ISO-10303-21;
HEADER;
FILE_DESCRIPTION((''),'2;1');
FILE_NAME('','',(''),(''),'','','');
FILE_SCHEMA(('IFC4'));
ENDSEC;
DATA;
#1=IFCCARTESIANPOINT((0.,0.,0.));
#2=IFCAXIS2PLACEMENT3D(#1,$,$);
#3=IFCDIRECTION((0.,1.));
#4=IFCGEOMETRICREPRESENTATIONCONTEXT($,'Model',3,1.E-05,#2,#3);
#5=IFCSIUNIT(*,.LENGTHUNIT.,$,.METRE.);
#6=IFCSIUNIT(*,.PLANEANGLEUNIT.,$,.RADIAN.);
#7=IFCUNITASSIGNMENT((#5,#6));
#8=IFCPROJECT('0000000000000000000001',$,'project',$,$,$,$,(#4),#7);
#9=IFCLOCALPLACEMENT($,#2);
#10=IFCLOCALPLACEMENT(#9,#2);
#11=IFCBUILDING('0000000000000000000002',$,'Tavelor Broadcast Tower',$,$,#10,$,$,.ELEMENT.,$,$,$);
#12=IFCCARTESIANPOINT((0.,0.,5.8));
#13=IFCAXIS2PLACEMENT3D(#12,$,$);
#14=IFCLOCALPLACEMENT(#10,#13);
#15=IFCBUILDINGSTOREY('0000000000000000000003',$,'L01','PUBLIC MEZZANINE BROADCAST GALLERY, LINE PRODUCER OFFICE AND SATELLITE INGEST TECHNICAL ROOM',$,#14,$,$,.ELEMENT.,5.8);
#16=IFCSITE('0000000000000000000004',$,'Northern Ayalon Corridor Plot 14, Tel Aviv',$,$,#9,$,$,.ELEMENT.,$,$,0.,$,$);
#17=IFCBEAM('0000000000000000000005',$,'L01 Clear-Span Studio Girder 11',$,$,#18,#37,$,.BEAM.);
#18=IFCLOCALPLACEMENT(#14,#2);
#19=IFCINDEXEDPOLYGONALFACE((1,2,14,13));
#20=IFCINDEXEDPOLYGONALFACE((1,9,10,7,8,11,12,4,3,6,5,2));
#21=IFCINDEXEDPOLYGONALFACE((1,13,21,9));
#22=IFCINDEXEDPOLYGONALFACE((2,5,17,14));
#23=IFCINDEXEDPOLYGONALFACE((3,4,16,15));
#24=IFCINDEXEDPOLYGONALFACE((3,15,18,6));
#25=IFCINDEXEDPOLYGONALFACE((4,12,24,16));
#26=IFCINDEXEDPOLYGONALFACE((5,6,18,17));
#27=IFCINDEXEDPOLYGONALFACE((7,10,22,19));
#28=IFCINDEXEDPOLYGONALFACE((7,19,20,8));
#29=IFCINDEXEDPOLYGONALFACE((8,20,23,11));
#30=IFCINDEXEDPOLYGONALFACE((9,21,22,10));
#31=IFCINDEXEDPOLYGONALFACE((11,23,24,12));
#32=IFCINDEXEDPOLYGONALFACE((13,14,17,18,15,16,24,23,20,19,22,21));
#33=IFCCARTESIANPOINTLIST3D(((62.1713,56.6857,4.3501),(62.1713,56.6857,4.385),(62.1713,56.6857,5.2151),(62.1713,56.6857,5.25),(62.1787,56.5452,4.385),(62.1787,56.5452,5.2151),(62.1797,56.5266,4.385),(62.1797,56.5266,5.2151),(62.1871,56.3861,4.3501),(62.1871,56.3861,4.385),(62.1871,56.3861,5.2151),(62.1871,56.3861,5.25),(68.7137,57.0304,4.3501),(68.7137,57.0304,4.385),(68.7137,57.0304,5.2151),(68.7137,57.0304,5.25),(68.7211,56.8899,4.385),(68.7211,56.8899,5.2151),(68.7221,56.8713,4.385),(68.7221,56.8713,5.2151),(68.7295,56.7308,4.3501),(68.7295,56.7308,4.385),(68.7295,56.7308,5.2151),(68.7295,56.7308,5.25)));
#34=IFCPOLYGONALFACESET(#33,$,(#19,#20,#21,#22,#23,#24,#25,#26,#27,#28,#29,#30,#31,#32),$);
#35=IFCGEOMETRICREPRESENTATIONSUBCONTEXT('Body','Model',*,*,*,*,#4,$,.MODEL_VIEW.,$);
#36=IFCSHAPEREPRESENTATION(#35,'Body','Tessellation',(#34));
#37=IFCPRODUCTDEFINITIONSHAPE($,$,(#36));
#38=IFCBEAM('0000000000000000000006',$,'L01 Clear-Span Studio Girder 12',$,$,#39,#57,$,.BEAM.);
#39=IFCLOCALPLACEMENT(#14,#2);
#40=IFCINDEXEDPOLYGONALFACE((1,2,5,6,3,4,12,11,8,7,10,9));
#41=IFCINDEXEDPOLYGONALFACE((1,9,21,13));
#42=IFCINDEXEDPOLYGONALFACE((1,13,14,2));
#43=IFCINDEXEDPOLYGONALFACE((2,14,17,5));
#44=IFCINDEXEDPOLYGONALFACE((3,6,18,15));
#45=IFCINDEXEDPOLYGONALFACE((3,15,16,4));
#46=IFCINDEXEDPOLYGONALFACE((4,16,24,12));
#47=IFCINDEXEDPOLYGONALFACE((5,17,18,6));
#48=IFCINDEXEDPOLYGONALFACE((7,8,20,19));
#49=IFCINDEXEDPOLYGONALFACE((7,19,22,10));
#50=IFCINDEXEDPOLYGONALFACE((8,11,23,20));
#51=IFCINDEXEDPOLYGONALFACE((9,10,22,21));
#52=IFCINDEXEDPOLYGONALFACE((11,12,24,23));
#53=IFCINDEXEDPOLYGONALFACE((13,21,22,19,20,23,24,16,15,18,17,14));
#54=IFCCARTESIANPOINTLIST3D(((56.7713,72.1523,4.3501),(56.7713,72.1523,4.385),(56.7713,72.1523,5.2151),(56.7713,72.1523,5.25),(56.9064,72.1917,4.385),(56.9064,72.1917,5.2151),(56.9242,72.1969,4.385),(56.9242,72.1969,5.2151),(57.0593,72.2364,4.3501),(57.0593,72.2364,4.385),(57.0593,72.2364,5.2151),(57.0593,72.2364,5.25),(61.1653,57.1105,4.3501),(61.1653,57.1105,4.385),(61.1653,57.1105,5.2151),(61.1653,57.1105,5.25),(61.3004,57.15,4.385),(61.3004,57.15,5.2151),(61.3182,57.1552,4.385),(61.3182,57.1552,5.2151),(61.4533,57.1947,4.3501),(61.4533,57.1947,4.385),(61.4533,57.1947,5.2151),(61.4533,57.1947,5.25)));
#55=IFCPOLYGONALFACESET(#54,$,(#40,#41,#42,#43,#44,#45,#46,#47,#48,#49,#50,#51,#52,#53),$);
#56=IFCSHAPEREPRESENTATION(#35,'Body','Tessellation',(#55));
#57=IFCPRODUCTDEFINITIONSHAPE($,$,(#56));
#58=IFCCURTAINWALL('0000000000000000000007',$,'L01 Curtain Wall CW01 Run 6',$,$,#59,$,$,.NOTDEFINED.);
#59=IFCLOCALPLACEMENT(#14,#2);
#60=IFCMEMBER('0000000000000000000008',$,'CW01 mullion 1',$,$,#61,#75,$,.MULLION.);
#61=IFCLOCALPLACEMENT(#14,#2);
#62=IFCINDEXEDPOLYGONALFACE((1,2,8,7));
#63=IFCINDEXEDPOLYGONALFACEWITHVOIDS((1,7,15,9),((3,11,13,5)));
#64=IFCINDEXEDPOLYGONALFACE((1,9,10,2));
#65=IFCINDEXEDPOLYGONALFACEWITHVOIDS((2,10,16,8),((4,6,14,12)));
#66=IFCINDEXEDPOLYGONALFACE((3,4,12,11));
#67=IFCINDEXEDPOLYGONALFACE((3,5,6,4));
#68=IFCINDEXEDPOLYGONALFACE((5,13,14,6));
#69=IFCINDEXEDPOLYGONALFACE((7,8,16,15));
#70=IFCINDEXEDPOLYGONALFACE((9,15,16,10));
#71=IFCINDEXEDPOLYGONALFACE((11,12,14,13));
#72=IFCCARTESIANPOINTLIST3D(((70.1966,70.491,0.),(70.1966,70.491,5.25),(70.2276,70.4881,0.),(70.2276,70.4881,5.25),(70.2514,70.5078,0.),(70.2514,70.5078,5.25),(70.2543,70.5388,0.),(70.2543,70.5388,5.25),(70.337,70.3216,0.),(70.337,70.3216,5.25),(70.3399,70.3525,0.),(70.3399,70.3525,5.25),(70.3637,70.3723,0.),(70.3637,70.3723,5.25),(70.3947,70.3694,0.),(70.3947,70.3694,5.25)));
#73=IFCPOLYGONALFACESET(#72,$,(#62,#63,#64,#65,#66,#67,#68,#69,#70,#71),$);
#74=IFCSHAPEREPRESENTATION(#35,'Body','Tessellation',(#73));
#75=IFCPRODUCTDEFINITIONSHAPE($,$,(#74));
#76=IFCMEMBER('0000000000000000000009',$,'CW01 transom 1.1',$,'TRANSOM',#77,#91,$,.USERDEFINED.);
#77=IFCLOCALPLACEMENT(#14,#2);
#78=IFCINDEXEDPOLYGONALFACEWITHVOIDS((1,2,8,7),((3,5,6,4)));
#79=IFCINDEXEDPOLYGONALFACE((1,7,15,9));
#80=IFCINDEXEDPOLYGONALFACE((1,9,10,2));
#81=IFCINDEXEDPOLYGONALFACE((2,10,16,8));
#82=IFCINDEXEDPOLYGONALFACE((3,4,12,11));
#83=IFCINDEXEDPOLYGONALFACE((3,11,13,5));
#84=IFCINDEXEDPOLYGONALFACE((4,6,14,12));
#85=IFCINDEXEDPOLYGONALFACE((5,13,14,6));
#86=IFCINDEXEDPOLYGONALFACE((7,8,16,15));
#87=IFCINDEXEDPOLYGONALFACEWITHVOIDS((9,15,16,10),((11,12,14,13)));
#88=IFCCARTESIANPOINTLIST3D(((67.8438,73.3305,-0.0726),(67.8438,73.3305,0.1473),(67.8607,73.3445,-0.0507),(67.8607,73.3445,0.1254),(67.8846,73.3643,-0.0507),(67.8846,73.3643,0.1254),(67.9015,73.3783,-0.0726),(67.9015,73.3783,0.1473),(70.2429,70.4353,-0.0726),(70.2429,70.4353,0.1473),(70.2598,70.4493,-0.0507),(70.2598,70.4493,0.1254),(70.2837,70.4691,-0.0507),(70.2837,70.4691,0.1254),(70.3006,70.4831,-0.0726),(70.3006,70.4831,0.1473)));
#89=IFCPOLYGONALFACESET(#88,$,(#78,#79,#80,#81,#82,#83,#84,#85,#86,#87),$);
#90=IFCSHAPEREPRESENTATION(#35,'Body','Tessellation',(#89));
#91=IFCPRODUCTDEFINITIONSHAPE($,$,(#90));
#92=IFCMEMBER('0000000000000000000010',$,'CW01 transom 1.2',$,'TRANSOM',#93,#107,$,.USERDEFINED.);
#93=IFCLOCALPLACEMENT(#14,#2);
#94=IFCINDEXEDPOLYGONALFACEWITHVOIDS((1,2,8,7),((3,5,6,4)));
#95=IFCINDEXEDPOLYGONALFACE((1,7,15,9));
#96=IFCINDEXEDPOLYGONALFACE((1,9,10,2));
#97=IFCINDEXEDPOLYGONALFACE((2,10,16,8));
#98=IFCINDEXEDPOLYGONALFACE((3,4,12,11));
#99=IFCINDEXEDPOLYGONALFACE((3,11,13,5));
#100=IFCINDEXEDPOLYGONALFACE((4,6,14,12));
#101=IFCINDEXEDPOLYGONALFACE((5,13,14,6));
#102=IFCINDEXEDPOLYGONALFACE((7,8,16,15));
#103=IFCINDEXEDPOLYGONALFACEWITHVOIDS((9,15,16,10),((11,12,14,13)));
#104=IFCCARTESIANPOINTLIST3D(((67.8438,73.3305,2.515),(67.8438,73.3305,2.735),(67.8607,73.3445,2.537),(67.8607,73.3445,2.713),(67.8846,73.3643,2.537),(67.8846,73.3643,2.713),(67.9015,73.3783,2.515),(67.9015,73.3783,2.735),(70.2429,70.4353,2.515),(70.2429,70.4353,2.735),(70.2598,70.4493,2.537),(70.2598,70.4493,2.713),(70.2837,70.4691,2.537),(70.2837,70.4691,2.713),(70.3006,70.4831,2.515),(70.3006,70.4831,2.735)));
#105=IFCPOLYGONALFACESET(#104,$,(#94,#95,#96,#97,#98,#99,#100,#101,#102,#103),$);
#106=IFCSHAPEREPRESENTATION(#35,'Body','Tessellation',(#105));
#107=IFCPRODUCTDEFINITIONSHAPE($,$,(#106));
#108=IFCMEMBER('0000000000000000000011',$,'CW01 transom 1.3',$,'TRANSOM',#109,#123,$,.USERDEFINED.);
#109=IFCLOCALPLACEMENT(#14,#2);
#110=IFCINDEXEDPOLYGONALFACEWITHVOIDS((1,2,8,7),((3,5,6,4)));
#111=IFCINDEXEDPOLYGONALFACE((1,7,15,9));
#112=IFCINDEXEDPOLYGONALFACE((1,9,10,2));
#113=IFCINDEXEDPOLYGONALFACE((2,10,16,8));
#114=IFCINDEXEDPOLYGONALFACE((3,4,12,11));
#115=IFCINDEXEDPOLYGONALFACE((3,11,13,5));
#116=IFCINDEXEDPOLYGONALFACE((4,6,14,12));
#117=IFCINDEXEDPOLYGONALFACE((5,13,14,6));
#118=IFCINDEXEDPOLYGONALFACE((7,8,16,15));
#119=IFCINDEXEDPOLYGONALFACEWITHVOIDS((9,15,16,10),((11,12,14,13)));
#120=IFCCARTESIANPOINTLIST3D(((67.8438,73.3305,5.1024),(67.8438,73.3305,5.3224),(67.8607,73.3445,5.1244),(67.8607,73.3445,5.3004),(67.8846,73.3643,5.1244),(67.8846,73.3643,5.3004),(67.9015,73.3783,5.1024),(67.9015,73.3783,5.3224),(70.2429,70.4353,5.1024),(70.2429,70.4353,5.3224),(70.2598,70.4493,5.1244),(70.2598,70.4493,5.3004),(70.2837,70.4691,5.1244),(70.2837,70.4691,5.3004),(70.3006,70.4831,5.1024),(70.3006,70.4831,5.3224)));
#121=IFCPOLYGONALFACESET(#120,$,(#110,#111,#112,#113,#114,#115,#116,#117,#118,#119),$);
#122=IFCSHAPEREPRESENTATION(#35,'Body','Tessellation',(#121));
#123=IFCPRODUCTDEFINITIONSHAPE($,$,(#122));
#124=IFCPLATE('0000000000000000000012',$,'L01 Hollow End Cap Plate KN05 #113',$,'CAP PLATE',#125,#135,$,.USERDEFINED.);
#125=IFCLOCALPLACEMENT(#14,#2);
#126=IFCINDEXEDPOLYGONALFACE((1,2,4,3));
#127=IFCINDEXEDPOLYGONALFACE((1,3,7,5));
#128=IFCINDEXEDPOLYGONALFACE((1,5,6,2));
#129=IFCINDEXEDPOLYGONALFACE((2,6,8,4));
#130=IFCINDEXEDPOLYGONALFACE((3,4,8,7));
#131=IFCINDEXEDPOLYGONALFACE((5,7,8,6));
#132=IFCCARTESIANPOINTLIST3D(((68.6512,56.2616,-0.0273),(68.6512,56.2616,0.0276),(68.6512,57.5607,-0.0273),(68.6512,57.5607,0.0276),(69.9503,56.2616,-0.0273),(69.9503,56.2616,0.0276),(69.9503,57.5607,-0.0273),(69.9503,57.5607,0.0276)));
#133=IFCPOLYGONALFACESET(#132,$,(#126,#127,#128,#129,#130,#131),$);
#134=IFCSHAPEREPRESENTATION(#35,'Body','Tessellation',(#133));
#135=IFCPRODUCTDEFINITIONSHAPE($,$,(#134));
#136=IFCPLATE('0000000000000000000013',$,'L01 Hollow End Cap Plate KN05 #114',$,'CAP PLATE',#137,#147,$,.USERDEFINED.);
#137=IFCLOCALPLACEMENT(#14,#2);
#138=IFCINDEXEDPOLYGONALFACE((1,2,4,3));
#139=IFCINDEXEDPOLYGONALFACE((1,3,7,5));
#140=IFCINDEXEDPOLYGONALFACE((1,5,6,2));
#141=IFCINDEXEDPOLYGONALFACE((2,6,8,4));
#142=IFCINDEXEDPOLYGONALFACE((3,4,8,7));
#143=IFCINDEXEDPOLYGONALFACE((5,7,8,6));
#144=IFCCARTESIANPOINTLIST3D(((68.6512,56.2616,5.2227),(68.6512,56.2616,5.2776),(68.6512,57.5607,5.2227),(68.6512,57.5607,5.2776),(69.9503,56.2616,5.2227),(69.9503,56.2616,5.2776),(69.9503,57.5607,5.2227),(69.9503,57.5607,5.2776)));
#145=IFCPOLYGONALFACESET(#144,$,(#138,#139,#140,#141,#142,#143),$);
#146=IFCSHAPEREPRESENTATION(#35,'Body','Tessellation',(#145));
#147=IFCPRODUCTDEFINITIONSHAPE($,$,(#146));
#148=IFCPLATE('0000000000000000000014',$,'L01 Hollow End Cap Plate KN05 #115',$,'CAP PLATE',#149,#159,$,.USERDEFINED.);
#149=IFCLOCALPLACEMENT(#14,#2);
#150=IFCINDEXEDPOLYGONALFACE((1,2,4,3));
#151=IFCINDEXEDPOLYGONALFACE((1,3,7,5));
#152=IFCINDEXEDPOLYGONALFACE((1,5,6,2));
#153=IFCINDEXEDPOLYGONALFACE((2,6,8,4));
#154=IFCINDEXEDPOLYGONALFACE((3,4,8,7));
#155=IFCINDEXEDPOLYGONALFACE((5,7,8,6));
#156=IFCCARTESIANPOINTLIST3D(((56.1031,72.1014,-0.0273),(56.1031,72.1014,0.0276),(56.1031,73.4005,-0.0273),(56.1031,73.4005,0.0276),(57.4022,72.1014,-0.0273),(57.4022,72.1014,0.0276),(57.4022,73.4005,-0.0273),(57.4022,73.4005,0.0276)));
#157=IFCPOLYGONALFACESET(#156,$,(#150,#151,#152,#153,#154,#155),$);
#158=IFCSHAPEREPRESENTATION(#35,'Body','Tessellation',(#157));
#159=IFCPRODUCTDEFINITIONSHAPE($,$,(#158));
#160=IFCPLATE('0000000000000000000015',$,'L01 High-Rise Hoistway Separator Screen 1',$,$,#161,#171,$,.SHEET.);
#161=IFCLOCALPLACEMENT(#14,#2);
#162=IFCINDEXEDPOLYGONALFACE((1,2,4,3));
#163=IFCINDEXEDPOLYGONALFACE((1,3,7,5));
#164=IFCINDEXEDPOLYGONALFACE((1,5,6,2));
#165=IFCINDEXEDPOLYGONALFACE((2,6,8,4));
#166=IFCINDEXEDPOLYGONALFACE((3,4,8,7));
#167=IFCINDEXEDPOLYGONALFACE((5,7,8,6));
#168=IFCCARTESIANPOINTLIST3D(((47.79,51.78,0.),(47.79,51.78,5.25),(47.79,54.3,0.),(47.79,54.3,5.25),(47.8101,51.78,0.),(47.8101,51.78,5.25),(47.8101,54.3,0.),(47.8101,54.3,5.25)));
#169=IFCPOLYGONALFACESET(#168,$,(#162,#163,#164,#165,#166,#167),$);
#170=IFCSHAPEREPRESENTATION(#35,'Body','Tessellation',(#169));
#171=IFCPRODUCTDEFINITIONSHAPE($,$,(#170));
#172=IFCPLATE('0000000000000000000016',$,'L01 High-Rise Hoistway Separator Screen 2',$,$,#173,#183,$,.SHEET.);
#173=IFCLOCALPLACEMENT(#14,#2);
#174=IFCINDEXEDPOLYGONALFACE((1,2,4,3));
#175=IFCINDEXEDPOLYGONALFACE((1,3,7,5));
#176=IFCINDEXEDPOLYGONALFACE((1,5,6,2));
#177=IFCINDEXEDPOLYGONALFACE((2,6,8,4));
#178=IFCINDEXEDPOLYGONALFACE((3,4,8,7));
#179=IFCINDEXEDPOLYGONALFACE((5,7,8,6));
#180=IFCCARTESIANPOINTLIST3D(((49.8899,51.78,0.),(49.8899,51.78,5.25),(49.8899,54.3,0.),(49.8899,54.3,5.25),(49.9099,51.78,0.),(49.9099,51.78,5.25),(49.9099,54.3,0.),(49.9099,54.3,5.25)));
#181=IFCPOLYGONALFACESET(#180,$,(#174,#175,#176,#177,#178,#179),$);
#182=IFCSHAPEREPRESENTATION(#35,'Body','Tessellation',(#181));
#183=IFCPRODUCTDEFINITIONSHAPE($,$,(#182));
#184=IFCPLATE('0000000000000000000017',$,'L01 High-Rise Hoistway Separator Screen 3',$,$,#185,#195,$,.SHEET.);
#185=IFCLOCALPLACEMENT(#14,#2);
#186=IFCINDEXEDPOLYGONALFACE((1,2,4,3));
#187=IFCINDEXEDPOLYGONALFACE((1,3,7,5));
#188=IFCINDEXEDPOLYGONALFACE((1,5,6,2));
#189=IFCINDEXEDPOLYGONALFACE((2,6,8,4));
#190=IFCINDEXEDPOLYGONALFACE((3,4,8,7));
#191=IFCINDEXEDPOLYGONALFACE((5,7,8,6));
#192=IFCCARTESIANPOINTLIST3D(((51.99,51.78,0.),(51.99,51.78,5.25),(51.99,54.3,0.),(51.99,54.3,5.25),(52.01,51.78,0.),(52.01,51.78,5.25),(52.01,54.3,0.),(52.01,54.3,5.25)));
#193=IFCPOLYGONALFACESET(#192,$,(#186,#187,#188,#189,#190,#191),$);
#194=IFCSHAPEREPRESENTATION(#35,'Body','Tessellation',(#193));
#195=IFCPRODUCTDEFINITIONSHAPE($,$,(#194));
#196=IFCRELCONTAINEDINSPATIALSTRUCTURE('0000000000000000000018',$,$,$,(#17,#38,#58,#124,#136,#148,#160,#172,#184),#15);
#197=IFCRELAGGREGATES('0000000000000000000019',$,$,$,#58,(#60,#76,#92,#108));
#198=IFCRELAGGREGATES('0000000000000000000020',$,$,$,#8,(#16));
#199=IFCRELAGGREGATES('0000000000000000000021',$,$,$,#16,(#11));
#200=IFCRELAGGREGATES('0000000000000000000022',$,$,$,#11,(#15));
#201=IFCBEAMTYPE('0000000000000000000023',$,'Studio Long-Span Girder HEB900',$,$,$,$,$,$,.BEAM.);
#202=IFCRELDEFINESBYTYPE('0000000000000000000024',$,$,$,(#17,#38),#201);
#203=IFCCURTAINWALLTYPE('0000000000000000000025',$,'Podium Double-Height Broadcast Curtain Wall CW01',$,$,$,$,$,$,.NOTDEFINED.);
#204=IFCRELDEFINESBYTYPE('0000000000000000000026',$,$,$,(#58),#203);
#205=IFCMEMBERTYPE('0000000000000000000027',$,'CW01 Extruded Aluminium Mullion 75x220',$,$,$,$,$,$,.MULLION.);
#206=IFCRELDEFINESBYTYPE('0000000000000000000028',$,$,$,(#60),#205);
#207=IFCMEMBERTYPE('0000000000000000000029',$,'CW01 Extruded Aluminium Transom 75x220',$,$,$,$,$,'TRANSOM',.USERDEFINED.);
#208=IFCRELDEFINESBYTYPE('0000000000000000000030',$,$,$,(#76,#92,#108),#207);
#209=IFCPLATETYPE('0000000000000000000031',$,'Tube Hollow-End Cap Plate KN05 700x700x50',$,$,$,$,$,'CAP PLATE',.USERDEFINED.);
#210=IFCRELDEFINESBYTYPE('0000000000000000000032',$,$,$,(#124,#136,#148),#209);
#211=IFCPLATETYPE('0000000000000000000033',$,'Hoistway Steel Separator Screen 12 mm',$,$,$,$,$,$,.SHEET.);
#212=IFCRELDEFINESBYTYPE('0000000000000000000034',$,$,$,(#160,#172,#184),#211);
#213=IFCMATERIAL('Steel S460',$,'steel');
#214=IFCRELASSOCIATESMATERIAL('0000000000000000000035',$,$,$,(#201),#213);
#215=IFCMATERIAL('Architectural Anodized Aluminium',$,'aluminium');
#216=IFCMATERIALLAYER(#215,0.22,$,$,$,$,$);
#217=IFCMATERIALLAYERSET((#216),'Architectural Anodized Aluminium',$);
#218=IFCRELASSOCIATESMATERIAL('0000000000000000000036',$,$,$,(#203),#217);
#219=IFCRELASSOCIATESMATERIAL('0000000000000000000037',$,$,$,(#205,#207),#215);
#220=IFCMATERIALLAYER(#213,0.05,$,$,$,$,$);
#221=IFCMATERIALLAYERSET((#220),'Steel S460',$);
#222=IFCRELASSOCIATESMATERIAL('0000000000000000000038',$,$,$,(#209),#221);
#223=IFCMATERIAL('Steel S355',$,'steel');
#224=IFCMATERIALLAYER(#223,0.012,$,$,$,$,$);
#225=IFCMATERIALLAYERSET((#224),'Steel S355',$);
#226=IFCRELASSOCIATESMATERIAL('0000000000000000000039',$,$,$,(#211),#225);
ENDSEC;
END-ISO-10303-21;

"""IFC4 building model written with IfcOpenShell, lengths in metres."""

from ifc_helpers import new_model, si_unit, direction, frame, origin, origin_2d, place, context, subcontext, project, spatial, rectangle, hollow_rectangle, i_section, extrude, source, transform, mapped, material, layer, layer_set, material_profile, profile_set, type_object, type_shapes, element, aggregate, save


model = new_model("IFC4")

# Units and contexts
model_context = context("Model", 3, precision=1e-05, world=origin(), true_north=direction((0.0, 1.0)))
body_context = subcontext(model_context, "Body", "Model", "MODEL_VIEW")
ifc_project = project(units=[si_unit("LENGTHUNIT", "METRE"), si_unit("PLANEANGLEUNIT", "RADIAN")], contexts=[model_context])

# Site, building, storey
site_placement = place(None, origin())
site = spatial("IfcSite", under=ifc_project, at=site_placement, Name="Northern Ayalon Corridor Plot 14, Tel Aviv", CompositionType="ELEMENT", RefElevation=0.0)
building_placement = place(site_placement, origin())
building = spatial("IfcBuilding", under=site, at=building_placement, Name="Tavelor Broadcast Tower", CompositionType="ELEMENT")
storey_placement = place(building_placement, frame((0.0, 0.0, 5.8)))
storey = spatial("IfcBuildingStorey", under=building, at=storey_placement, Name="L01", Description="PUBLIC MEZZANINE BROADCAST GALLERY, LINE PRODUCER OFFICE AND SATELLITE INGEST TECHNICAL ROOM", CompositionType="ELEMENT", Elevation=5.8)

# Shared definitions
ifc_material_1 = material(Name="Steel S460", Category="steel")

# Beams
ifc_material_2 = material(Name="Steel S355", Category="steel")
ifc_material_profile_1 = material_profile(ifc_material_1, i_section(OverallWidth=0.3, OverallDepth=0.8999, WebThickness=0.0186, FlangeThickness=0.0349, at=origin_2d()), Name="HEB 900")
ifc_profile_set_1 = profile_set([ifc_material_profile_1], Name="Steel S460")
beam_type_1 = type_object("IfcBeamType", Name="Studio Long-Span Girder HEB900", PredefinedType="BEAM", material=ifc_profile_set_1)
beam_1_placement = place(storey_placement, frame((62.1792, 56.5359, 4.8), z_axis=(0.998615, 0.052618, 0.0), x_axis=(-0.052618, 0.998615, 0.0)))
element("IfcBeam", 1, at=beam_1_placement, inside=storey, type_object=beam_type_1, Name="L01 Clear-Span Studio Girder 11", PredefinedType="BEAM", context=body_context, shape_type="SweptSolid", body=[
    extrude(i_section(OverallWidth=0.3, OverallDepth=0.8999, WebThickness=0.0186, FlangeThickness=0.0349, at=origin_2d()), origin(), (0.0, 0.0, 1.0), 6.5515),
])
beam_2_placement = place(storey_placement, frame((61.3093, 57.1526, 4.8), z_axis=(-0.280404, 0.959882, 0.0), x_axis=(-0.959882, -0.280404, 0.0)))
element("IfcBeam", 2, at=beam_2_placement, inside=storey, type_object=beam_type_1, Name="L01 Clear-Span Studio Girder 12", PredefinedType="BEAM", context=body_context, shape_type="SweptSolid", body=[
    extrude(i_section(OverallWidth=0.3, OverallDepth=0.8999, WebThickness=0.0186, FlangeThickness=0.0349, at=origin_2d()), origin(), (0.0, 0.0, 1.0), 15.6704),
])

# Curtain wall, members
ifc_material_3 = material(Name="Architectural Anodized Aluminium", Category="aluminium")
ifc_layer_1 = layer(ifc_material_3, 0.22)
ifc_layer_set_1 = layer_set([ifc_layer_1], Name="Architectural Anodized Aluminium")
curtain_wall_type = type_object("IfcCurtainWallType", Name="Podium Double-Height Broadcast Curtain Wall CW01", PredefinedType="NOTDEFINED", material=ifc_layer_set_1)
curtain_wall_placement = place(storey_placement, origin())
curtain_wall = element("IfcCurtainWall", 3, at=curtain_wall_placement, inside=storey, type_object=curtain_wall_type, Name="L01 Curtain Wall CW01 Run 6", PredefinedType="NOTDEFINED")
ifc_material_profile_2 = material_profile(ifc_material_3, hollow_rectangle(XDim=0.075, YDim=0.22, WallThickness=0.022, at=origin_2d()), Name="RHS 75x220x22")
ifc_profile_set_2 = profile_set([ifc_material_profile_2], Name="Architectural Anodized Aluminium")
member_type_1 = type_object("IfcMemberType", Name="CW01 Extruded Aluminium Mullion 75x220", PredefinedType="MULLION", material=ifc_profile_set_2)
shared_shape_1 = source(origin(), body_context, "Body", "SweptSolid", [
    extrude(hollow_rectangle(XDim=0.075, YDim=0.22, WallThickness=0.022, at=origin_2d()), origin(), (0.0, 0.0, 1.0), 5.25),
])
type_shapes(member_type_1, [shared_shape_1])
member_1_placement = place(storey_placement, frame((70.2957, 70.4302, 0.0), z_axis=(0.0, 0.0, 1.0), x_axis=(-0.769978, -0.638071, 0.0)))
member_1 = element("IfcMember", 4, at=member_1_placement, type_object=member_type_1, Name="CW01 mullion 1", PredefinedType="MULLION", context=body_context, shape_type="MappedRepresentation", body=[
    mapped(shared_shape_1, transform((0.0, 0.0, 0.0), scale=1.0)),
])
ifc_material_profile_3 = material_profile(ifc_material_3, hollow_rectangle(XDim=0.075, YDim=0.22, WallThickness=0.022, at=origin_2d()), Name="RHS 75x220x22")
ifc_profile_set_3 = profile_set([ifc_material_profile_3], Name="Architectural Anodized Aluminium")
member_type_2 = type_object("IfcMemberType", Name="CW01 Extruded Aluminium Transom 75x220", ElementType="TRANSOM", PredefinedType="USERDEFINED", material=ifc_profile_set_3)
shared_shape_2 = source(origin(), body_context, "Body", "SweptSolid", [
    extrude(hollow_rectangle(XDim=0.075, YDim=0.22, WallThickness=0.022, at=origin_2d()), origin(), (0.0, 0.0, 1.0), 3.76),
])
type_shapes(member_type_2, [shared_shape_2])
member_2_placement = place(storey_placement, frame((70.2717, 70.4592, 0.0374), z_axis=(-0.638055, 0.769991, 0.0), x_axis=(-0.769991, -0.638055, 0.0)))
member_2 = element("IfcMember", 5, at=member_2_placement, type_object=member_type_2, Name="CW01 transom 1.1", ObjectType="TRANSOM", PredefinedType="USERDEFINED", context=body_context, shape_type="MappedRepresentation", body=[
    mapped(shared_shape_2, transform((0.0, 0.0, 0.0), scale=1.0)),
])
member_3_placement = place(storey_placement, frame((70.2717, 70.4592, 2.625), z_axis=(-0.638055, 0.769991, 0.0), x_axis=(-0.769991, -0.638055, 0.0)))
member_3 = element("IfcMember", 6, at=member_3_placement, type_object=member_type_2, Name="CW01 transom 1.2", ObjectType="TRANSOM", PredefinedType="USERDEFINED", context=body_context, shape_type="MappedRepresentation", body=[
    mapped(shared_shape_2, transform((0.0, 0.0, 0.0), scale=1.0)),
])
member_4_placement = place(storey_placement, frame((70.2717, 70.4592, 5.2124), z_axis=(-0.638055, 0.769991, 0.0), x_axis=(-0.769991, -0.638055, 0.0)))
member_4 = element("IfcMember", 7, at=member_4_placement, type_object=member_type_2, Name="CW01 transom 1.3", ObjectType="TRANSOM", PredefinedType="USERDEFINED", context=body_context, shape_type="MappedRepresentation", body=[
    mapped(shared_shape_2, transform((0.0, 0.0, 0.0), scale=1.0)),
])

# Plates
ifc_layer_2 = layer(ifc_material_1, 0.05)
ifc_layer_set_2 = layer_set([ifc_layer_2], Name="Steel S460")
plate_type_1 = type_object("IfcPlateType", Name="Tube Hollow-End Cap Plate KN05 700x700x50", ElementType="CAP PLATE", PredefinedType="USERDEFINED", material=ifc_layer_set_2)
shared_shape_3 = source(origin(), body_context, "Body", "SweptSolid", [
    extrude(rectangle(XDim=1.2991, YDim=1.2991, at=origin_2d()), origin(), (0.0, 0.0, 1.0), 0.0549),
])
type_shapes(plate_type_1, [shared_shape_3])
for number, where, z_axis, x_axis, name in (
    (8, (69.3008, 56.9111, -0.0273), (0.0, 0.0, 1.0), (1.0, 0.0, 0.0), "L01 Hollow End Cap Plate KN05 #113"),
    (9, (69.3008, 56.9111, 5.2227), (0.0, 0.0, 1.0), (1.0, 0.0, 0.0), "L01 Hollow End Cap Plate KN05 #114"),
    (10, (56.7527, 72.751, -0.0273), (0.0, 0.0, 1.0), (1.0, 0.0, 0.0), "L01 Hollow End Cap Plate KN05 #115"),
):
    element("IfcPlate", number, at=place(storey_placement, frame(where, z_axis=z_axis, x_axis=x_axis)), inside=storey, type_object=plate_type_1, Name=name, ObjectType="CAP PLATE", PredefinedType="USERDEFINED", context=body_context, shape_type="MappedRepresentation", body=[
        mapped(shared_shape_3, transform((0.0, 0.0, 0.0), scale=1.0)),
    ])
ifc_layer_3 = layer(ifc_material_2, 0.012)
ifc_layer_set_3 = layer_set([ifc_layer_3], Name="Steel S355")
plate_type_2 = type_object("IfcPlateType", Name="Hoistway Steel Separator Screen 12 mm", PredefinedType="SHEET", material=ifc_layer_set_3)
shared_shape_4 = source(origin(), body_context, "Body", "SweptSolid", [
    extrude(rectangle(XDim=0.02, YDim=2.52, at=origin_2d()), origin(), (0.0, 0.0, 1.0), 5.25),
])
type_shapes(plate_type_2, [shared_shape_4])
for number, where, z_axis, x_axis, name in (
    (11, (47.8, 53.04, 0.0), (0.0, 0.0, 1.0), (1.0, 0.0, 0.0), "L01 High-Rise Hoistway Separator Screen 1"),
    (12, (49.8999, 53.04, 0.0), (0.0, 0.0, 1.0), (1.0, 0.0, 0.0), "L01 High-Rise Hoistway Separator Screen 2"),
    (13, (52.0, 53.04, 0.0), (0.0, 0.0, 1.0), (1.0, 0.0, 0.0), "L01 High-Rise Hoistway Separator Screen 3"),
):
    element("IfcPlate", number, at=place(storey_placement, frame(where, z_axis=z_axis, x_axis=x_axis)), inside=storey, type_object=plate_type_2, Name=name, PredefinedType="SHEET", context=body_context, shape_type="MappedRepresentation", body=[
        mapped(shared_shape_4, transform((0.0, 0.0, 0.0), scale=1.0)),
    ])

aggregate(curtain_wall, [member_1, member_2, member_3, member_4])

save(model, "model.ifc")
